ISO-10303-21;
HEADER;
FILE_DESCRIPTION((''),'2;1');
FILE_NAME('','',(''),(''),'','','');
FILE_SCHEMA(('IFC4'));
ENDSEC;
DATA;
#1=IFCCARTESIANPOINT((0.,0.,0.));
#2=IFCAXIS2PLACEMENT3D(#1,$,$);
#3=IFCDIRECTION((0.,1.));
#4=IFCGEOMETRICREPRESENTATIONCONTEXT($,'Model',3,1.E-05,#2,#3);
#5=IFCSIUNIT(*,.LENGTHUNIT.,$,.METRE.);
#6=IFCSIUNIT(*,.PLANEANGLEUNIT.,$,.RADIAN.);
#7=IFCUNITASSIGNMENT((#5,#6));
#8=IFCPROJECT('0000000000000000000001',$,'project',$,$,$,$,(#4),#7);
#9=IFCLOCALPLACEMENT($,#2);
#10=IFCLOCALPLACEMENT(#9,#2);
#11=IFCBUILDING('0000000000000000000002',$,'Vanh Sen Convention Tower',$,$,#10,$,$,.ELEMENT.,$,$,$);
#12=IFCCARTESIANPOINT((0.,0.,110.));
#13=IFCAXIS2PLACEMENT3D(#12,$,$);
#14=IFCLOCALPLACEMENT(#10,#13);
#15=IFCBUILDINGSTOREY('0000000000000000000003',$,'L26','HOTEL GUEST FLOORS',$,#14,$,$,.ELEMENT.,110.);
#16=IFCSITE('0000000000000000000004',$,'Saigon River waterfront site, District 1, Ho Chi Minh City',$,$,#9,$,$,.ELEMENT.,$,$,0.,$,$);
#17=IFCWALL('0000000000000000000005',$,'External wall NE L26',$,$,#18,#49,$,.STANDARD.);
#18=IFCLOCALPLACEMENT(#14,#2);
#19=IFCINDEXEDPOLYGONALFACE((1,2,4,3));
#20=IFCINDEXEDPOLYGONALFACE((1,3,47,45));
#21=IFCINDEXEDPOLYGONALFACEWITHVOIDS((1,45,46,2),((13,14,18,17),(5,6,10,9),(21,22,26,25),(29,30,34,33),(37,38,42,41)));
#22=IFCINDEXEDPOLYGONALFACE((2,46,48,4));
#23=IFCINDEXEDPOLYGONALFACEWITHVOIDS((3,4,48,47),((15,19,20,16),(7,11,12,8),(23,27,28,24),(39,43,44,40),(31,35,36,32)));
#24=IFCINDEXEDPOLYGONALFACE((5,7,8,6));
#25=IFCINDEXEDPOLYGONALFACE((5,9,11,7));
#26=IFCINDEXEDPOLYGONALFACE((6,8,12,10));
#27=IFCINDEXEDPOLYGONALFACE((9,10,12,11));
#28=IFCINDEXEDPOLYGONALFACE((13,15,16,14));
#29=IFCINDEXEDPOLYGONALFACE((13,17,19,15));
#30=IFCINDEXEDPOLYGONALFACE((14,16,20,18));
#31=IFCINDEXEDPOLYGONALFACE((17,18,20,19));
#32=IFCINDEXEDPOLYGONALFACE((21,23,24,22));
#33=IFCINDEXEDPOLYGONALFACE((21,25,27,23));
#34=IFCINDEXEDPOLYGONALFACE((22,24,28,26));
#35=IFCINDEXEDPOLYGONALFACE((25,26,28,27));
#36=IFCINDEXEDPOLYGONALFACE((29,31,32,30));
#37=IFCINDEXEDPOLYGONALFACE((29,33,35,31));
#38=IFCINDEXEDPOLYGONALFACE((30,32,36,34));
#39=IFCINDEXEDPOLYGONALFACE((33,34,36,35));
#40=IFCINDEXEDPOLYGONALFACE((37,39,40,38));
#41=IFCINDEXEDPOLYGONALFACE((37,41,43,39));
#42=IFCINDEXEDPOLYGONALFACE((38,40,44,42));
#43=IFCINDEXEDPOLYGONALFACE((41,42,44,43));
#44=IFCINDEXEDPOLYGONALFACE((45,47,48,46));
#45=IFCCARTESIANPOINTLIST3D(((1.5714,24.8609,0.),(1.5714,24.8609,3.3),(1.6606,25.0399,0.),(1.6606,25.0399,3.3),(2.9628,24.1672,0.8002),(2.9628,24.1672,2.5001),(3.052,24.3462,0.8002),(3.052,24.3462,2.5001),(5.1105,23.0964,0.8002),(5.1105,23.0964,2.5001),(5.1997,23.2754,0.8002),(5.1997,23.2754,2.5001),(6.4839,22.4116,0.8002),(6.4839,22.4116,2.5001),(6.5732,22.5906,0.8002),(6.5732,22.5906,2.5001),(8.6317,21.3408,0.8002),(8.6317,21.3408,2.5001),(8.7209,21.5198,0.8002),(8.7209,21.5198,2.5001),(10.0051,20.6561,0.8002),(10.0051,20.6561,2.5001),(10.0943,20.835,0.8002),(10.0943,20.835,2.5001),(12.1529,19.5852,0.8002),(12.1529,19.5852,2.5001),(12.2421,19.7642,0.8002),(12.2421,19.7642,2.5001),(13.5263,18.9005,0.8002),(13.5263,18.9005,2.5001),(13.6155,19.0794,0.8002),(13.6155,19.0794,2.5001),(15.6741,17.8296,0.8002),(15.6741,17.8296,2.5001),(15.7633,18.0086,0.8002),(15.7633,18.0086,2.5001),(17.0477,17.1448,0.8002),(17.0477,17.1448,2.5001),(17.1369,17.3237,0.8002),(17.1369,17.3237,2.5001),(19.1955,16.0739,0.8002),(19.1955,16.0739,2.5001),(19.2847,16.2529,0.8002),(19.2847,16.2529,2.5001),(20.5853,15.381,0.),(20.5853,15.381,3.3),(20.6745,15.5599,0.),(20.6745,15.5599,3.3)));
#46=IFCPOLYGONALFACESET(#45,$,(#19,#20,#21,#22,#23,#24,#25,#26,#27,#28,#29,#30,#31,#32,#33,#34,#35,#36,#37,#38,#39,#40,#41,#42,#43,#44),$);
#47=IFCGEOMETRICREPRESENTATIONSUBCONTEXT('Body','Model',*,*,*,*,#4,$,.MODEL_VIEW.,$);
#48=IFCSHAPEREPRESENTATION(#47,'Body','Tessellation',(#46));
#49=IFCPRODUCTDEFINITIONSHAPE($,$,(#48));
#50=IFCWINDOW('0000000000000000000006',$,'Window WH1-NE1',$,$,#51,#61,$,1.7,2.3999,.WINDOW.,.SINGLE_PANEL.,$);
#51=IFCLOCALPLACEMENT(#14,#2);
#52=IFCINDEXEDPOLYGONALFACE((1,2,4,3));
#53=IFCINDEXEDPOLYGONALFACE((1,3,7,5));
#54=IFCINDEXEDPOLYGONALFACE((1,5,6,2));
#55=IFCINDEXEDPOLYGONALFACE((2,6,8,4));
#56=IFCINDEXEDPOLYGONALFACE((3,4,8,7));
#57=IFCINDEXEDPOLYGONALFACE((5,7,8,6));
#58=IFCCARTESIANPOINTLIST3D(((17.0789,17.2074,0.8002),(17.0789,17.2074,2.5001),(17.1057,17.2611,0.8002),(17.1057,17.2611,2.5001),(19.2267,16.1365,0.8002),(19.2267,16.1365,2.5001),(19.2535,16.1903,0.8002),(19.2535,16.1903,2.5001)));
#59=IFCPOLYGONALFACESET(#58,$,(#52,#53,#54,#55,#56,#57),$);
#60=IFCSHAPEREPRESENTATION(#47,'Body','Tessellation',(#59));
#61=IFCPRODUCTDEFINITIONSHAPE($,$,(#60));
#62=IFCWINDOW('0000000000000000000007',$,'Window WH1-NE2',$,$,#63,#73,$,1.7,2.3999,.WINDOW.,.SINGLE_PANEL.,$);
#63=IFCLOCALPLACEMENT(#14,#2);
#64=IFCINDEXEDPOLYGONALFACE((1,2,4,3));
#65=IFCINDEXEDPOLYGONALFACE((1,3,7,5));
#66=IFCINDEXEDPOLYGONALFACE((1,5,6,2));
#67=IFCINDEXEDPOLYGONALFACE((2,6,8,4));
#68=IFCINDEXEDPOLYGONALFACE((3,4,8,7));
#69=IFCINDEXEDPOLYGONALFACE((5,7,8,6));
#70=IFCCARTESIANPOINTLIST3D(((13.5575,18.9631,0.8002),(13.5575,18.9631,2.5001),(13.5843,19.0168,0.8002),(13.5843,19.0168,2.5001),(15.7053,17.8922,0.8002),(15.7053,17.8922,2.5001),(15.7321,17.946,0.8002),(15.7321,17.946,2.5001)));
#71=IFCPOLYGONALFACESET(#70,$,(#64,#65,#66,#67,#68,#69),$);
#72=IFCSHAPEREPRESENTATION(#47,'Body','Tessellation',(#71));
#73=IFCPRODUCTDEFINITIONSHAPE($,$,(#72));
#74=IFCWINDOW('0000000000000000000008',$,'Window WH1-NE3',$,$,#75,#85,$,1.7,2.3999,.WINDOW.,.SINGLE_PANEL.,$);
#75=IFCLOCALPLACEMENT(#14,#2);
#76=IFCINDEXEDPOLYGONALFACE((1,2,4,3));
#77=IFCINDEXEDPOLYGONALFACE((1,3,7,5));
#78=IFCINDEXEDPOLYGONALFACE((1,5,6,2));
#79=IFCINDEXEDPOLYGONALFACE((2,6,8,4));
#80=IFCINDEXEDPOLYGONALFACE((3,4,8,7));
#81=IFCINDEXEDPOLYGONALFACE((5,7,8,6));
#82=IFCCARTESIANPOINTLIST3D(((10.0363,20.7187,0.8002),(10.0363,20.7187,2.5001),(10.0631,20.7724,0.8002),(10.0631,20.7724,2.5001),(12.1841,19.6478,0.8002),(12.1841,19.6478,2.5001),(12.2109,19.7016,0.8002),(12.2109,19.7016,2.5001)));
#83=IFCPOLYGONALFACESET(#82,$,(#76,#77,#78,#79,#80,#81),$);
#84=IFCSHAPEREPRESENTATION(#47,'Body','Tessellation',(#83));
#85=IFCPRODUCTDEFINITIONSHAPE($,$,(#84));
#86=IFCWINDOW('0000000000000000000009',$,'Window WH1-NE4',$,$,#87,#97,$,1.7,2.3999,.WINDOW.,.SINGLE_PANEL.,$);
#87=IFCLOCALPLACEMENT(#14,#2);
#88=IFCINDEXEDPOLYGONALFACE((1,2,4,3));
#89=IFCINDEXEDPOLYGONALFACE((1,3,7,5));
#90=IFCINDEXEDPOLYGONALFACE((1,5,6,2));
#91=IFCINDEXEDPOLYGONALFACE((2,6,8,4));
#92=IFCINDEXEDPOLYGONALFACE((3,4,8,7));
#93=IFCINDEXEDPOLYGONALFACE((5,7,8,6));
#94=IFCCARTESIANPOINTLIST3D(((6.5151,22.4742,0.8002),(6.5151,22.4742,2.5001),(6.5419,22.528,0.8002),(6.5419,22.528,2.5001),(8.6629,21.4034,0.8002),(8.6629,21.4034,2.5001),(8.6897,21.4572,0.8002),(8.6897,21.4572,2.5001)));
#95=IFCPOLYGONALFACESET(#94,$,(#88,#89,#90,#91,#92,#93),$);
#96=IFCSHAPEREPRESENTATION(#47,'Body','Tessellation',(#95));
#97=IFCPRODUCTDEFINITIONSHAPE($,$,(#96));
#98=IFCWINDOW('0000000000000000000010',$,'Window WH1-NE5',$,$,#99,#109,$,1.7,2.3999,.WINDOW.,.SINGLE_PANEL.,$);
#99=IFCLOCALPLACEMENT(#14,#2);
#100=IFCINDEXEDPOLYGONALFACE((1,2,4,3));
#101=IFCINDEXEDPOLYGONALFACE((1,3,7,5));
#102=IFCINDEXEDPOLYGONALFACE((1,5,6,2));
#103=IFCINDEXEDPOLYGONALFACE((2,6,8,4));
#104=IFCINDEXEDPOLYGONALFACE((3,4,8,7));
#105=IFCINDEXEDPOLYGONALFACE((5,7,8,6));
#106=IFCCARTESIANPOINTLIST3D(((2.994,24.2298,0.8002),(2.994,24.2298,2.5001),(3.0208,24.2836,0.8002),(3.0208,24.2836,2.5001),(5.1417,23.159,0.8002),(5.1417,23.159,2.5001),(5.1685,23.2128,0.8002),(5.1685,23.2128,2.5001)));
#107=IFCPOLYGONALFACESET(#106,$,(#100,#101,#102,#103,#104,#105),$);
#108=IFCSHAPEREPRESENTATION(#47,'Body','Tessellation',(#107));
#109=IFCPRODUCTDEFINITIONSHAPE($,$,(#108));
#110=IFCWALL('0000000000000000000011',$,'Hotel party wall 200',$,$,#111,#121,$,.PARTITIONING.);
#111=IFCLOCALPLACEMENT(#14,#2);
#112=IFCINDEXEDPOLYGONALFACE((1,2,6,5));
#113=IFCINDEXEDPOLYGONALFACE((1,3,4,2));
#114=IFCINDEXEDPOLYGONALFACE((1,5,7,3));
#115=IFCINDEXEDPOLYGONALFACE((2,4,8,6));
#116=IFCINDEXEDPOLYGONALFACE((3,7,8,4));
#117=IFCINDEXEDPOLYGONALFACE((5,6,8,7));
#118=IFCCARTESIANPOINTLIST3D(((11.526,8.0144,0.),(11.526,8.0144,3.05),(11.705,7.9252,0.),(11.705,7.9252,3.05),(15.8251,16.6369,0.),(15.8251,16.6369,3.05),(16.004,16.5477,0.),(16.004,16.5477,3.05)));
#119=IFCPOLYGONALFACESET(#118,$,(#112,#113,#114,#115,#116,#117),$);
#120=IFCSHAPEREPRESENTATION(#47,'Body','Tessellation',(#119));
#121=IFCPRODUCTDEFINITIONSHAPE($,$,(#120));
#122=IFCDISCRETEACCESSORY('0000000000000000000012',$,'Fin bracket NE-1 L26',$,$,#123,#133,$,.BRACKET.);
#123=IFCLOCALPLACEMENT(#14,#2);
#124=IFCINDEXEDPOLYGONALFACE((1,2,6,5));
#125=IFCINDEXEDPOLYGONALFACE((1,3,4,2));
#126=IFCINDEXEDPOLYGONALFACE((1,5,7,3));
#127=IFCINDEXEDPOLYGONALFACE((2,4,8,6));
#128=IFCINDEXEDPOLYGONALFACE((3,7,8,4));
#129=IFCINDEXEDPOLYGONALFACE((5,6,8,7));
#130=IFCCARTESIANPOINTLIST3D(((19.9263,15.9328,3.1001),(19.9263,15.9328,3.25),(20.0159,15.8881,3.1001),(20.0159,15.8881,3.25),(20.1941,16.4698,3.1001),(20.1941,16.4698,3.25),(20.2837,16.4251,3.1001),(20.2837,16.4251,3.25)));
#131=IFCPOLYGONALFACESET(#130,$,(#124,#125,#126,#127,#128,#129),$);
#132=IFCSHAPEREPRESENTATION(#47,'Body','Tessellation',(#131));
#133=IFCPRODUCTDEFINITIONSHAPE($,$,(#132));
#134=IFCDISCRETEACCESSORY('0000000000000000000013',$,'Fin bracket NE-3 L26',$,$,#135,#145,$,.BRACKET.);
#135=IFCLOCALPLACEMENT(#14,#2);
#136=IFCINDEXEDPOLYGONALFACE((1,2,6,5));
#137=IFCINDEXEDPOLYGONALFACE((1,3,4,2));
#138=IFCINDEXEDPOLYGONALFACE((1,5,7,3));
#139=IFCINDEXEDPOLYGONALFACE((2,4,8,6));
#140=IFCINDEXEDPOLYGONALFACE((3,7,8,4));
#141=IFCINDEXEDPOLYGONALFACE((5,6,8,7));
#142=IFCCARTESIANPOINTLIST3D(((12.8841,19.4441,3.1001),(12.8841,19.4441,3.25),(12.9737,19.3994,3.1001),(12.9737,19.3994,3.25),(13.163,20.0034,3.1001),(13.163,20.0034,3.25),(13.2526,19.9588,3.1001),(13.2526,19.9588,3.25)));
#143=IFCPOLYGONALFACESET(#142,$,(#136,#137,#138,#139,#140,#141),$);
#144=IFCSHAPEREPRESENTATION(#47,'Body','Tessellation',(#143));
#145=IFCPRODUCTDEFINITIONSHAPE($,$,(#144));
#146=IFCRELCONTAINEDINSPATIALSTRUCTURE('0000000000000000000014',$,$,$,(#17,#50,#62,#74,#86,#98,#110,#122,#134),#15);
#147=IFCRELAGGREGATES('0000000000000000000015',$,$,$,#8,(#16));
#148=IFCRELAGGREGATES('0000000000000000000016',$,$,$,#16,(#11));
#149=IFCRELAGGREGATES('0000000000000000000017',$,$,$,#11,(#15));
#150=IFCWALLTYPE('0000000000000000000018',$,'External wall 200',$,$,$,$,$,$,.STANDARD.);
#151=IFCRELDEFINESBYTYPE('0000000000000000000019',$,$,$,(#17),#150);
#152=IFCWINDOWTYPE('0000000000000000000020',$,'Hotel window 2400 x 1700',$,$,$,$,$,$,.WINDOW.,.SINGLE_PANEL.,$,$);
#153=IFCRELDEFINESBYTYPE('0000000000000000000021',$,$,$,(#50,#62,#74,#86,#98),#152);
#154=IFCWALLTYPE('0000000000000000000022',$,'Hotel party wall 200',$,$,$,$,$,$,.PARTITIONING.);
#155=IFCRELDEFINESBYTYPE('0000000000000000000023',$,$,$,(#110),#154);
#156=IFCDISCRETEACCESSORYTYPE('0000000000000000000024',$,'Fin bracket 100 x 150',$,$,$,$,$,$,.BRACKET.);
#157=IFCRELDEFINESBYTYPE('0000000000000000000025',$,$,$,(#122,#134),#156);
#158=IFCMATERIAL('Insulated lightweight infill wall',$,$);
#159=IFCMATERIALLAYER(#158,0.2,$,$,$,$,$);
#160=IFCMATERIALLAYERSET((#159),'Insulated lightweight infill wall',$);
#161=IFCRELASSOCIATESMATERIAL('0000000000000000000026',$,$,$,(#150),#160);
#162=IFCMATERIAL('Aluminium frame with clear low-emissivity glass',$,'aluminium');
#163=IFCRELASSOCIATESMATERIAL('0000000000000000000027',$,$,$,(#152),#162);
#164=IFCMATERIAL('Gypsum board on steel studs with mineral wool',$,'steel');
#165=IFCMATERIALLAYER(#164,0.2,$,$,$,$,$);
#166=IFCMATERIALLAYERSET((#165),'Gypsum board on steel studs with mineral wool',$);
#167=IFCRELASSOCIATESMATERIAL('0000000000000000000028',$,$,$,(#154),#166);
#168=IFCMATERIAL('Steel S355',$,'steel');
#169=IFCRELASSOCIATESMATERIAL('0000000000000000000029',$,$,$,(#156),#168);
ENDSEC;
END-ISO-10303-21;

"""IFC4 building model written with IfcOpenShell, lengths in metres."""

from ifc_helpers import new_model, si_unit, direction, frame, frame_2d, origin, origin_2d, place, context, subcontext, project, spatial, rectangle, extrude, material, layer, layer_set, type_object, element, fill, save


model = new_model("IFC4")

# Units and contexts
model_context = context("Model", 3, precision=1e-05, world=origin(), true_north=direction((0.0, 1.0)))
body_context = subcontext(model_context, "Body", "Model", "MODEL_VIEW")
ifc_project = project(units=[si_unit("LENGTHUNIT", "METRE"), si_unit("PLANEANGLEUNIT", "RADIAN")], contexts=[model_context])

# Site, building, storey
site_placement = place(None, origin())
site = spatial("IfcSite", under=ifc_project, at=site_placement, Name="Saigon River waterfront site, District 1, Ho Chi Minh City", CompositionType="ELEMENT", RefElevation=0.0)
building_placement = place(site_placement, origin())
building = spatial("IfcBuilding", under=site, at=building_placement, Name="Vanh Sen Convention Tower", CompositionType="ELEMENT")
storey_placement = place(building_placement, frame((0.0, 0.0, 110.0)))
storey = spatial("IfcBuildingStorey", under=building, at=storey_placement, Name="L26", Description="HOTEL GUEST FLOORS", CompositionType="ELEMENT", Elevation=110.0)

# Shared definitions
ifc_material_1 = material(Name="Insulated lightweight infill wall")
ifc_layer_1 = layer(ifc_material_1, 0.2)
ifc_layer_set_1 = layer_set([ifc_layer_1], Name="Insulated lightweight infill wall")
wall_type_1 = type_object("IfcWallType", Name="External wall 200", PredefinedType="STANDARD", material=ifc_layer_set_1)
ifc_material_2 = material(Name="Aluminium frame with clear low-emissivity glass", Category="aluminium")

# Wall, openings, windows
wall_1_placement = place(storey_placement, frame((20.6299, 15.4705, 0.0), z_axis=(0.0, 0.0, 1.0), x_axis=(-0.894935, 0.446197, 0.0)))
wall_1 = element("IfcWall", 1, at=wall_1_placement, inside=storey, type_object=wall_type_1, Name="External wall NE L26", PredefinedType="STANDARD", context=body_context, shape_type="SweptSolid", body=[
    extrude(rectangle(XDim=21.2461, YDim=0.2, at=frame_2d((10.623, 0.0))), origin(), (0.0, 0.0, 1.0), 3.3),
])
opening_1_placement = place(wall_1_placement, frame((1.553, 0.0, 0.8)))
opening_1 = element("IfcOpeningElement", 2, at=opening_1_placement, cuts=wall_1, PredefinedType="OPENING", context=body_context, shape_type="SweptSolid", body=[
    extrude(rectangle(XDim=2.3999, YDim=1.7, at=frame_2d((1.2, 0.8501))), frame((0.0, 0.1099, 0.0), z_axis=(0.0, -1.0, 0.0), x_axis=(1.0, 0.0, 0.0)), (0.0, 0.0, 1.0), 0.22),
])
opening_2_placement = place(wall_1_placement, frame((5.4878, 0.0, 0.8)))
opening_2 = element("IfcOpeningElement", 3, at=opening_2_placement, cuts=wall_1, PredefinedType="OPENING", context=body_context, shape_type="SweptSolid", body=[
    extrude(rectangle(XDim=2.3999, YDim=1.7, at=frame_2d((1.2, 0.8501))), frame((0.0, 0.1099, 0.0), z_axis=(0.0, -1.0, 0.0), x_axis=(1.0, 0.0, 0.0)), (0.0, 0.0, 1.0), 0.22),
])
opening_3_placement = place(wall_1_placement, frame((9.4224, 0.0, 0.8)))
opening_3 = element("IfcOpeningElement", 4, at=opening_3_placement, cuts=wall_1, PredefinedType="OPENING", context=body_context, shape_type="SweptSolid", body=[
    extrude(rectangle(XDim=2.3999, YDim=1.7, at=frame_2d((1.2, 0.8501))), frame((0.0, 0.1099, 0.0), z_axis=(0.0, -1.0, 0.0), x_axis=(1.0, 0.0, 0.0)), (0.0, 0.0, 1.0), 0.22),
])
opening_4_placement = place(wall_1_placement, frame((13.3569, 0.0, 0.8)))
opening_4 = element("IfcOpeningElement", 5, at=opening_4_placement, cuts=wall_1, PredefinedType="OPENING", context=body_context, shape_type="SweptSolid", body=[
    extrude(rectangle(XDim=2.3999, YDim=1.7, at=frame_2d((1.2, 0.8501))), frame((0.0, 0.1099, 0.0), z_axis=(0.0, -1.0, 0.0), x_axis=(1.0, 0.0, 0.0)), (0.0, 0.0, 1.0), 0.22),
])
opening_5_placement = place(wall_1_placement, frame((17.2915, 0.0, 0.8)))
opening_5 = element("IfcOpeningElement", 6, at=opening_5_placement, cuts=wall_1, PredefinedType="OPENING", context=body_context, shape_type="SweptSolid", body=[
    extrude(rectangle(XDim=2.3999, YDim=1.7, at=frame_2d((1.2, 0.8501))), frame((0.0, 0.1099, 0.0), z_axis=(0.0, -1.0, 0.0), x_axis=(1.0, 0.0, 0.0)), (0.0, 0.0, 1.0), 0.22),
])
window_type_1 = type_object("IfcWindowType", Name="Hotel window 2400 x 1700", PartitioningType="SINGLE_PANEL", PredefinedType="WINDOW", material=ifc_material_2)
window_1_placement = place(opening_1_placement, origin())
window_1 = element("IfcWindow", 7, at=window_1_placement, inside=storey, type_object=window_type_1, Name="Window WH1-NE1", OverallHeight=1.7, OverallWidth=2.3999, PartitioningType="SINGLE_PANEL", PredefinedType="WINDOW", context=body_context, shape_type="SweptSolid", body=[
    extrude(rectangle(XDim=2.3999, YDim=1.7, at=frame_2d((1.2, 0.8501))), frame((0.0, 0.03, 0.0), z_axis=(0.0, -1.0, 0.0), x_axis=(1.0, 0.0, 0.0)), (0.0, 0.0, 1.0), 0.0601),
])
fill(opening_1, window_1)
window_2_placement = place(opening_2_placement, origin())
window_2 = element("IfcWindow", 8, at=window_2_placement, inside=storey, type_object=window_type_1, Name="Window WH1-NE2", OverallHeight=1.7, OverallWidth=2.3999, PartitioningType="SINGLE_PANEL", PredefinedType="WINDOW", context=body_context, shape_type="SweptSolid", body=[
    extrude(rectangle(XDim=2.3999, YDim=1.7, at=frame_2d((1.2, 0.8501))), frame((0.0, 0.03, 0.0), z_axis=(0.0, -1.0, 0.0), x_axis=(1.0, 0.0, 0.0)), (0.0, 0.0, 1.0), 0.0601),
])
fill(opening_2, window_2)
window_3_placement = place(opening_3_placement, origin())
window_3 = element("IfcWindow", 9, at=window_3_placement, inside=storey, type_object=window_type_1, Name="Window WH1-NE3", OverallHeight=1.7, OverallWidth=2.3999, PartitioningType="SINGLE_PANEL", PredefinedType="WINDOW", context=body_context, shape_type="SweptSolid", body=[
    extrude(rectangle(XDim=2.3999, YDim=1.7, at=frame_2d((1.2, 0.8501))), frame((0.0, 0.03, 0.0), z_axis=(0.0, -1.0, 0.0), x_axis=(1.0, 0.0, 0.0)), (0.0, 0.0, 1.0), 0.0601),
])
fill(opening_3, window_3)
window_4_placement = place(opening_4_placement, origin())
window_4 = element("IfcWindow", 10, at=window_4_placement, inside=storey, type_object=window_type_1, Name="Window WH1-NE4", OverallHeight=1.7, OverallWidth=2.3999, PartitioningType="SINGLE_PANEL", PredefinedType="WINDOW", context=body_context, shape_type="SweptSolid", body=[
    extrude(rectangle(XDim=2.3999, YDim=1.7, at=frame_2d((1.2, 0.8501))), frame((0.0, 0.03, 0.0), z_axis=(0.0, -1.0, 0.0), x_axis=(1.0, 0.0, 0.0)), (0.0, 0.0, 1.0), 0.0601),
])
fill(opening_4, window_4)
window_5_placement = place(opening_5_placement, origin())
window_5 = element("IfcWindow", 11, at=window_5_placement, inside=storey, type_object=window_type_1, Name="Window WH1-NE5", OverallHeight=1.7, OverallWidth=2.3999, PartitioningType="SINGLE_PANEL", PredefinedType="WINDOW", context=body_context, shape_type="SweptSolid", body=[
    extrude(rectangle(XDim=2.3999, YDim=1.7, at=frame_2d((1.2, 0.8501))), frame((0.0, 0.03, 0.0), z_axis=(0.0, -1.0, 0.0), x_axis=(1.0, 0.0, 0.0)), (0.0, 0.0, 1.0), 0.0601),
])
fill(opening_5, window_5)

# Wall
ifc_material_3 = material(Name="Gypsum board on steel studs with mineral wool", Category="steel")
ifc_layer_2 = layer(ifc_material_3, 0.2)
ifc_layer_set_2 = layer_set([ifc_layer_2], Name="Gypsum board on steel studs with mineral wool")
wall_type_2 = type_object("IfcWallType", Name="Hotel party wall 200", PredefinedType="PARTITIONING", material=ifc_layer_set_2)
wall_2_placement = place(storey_placement, frame((15.9146, 16.5923, 0.0), z_axis=(0.0, 0.0, 1.0), x_axis=(-0.4462, -0.894933, 0.0)))
element("IfcWall", 12, at=wall_2_placement, inside=storey, type_object=wall_type_2, Name="Hotel party wall 200", PredefinedType="PARTITIONING", context=body_context, shape_type="SweptSolid", body=[
    extrude(rectangle(XDim=9.6348, YDim=0.2, at=frame_2d((4.8174, 0.0))), origin(), (0.0, 0.0, 1.0), 3.05),
])

# Discrete accessories
ifc_material_4 = material(Name="Steel S355", Category="steel")
discrete_accessory_type = type_object("IfcDiscreteAccessoryType", Name="Fin bracket 100 x 150", PredefinedType="BRACKET", material=ifc_material_4)
discrete_accessory_1_placement = place(storey_placement, frame((20.105, 16.179, 3.1001), z_axis=(0.0, 0.0, 1.0), x_axis=(0.446198, 0.894934, 0.0)))
element("IfcDiscreteAccessory", 13, at=discrete_accessory_1_placement, inside=storey, type_object=discrete_accessory_type, Name="Fin bracket NE-1 L26", PredefinedType="BRACKET", context=body_context, shape_type="SweptSolid", body=[
    extrude(rectangle(XDim=0.6001, YDim=0.1001, at=origin_2d()), origin(), (0.0, 0.0, 1.0), 0.1499),
])
discrete_accessory_2_placement = place(storey_placement, frame((13.0684, 19.7014, 3.1001), z_axis=(0.0, 0.0, 1.0), x_axis=(0.446198, 0.894934, 0.0)))
element("IfcDiscreteAccessory", 14, at=discrete_accessory_2_placement, inside=storey, type_object=discrete_accessory_type, Name="Fin bracket NE-3 L26", PredefinedType="BRACKET", context=body_context, shape_type="SweptSolid", body=[
    extrude(rectangle(XDim=0.625, YDim=0.1001, at=origin_2d()), origin(), (0.0, 0.0, 1.0), 0.1499),
])

save(model, "model.ifc")
